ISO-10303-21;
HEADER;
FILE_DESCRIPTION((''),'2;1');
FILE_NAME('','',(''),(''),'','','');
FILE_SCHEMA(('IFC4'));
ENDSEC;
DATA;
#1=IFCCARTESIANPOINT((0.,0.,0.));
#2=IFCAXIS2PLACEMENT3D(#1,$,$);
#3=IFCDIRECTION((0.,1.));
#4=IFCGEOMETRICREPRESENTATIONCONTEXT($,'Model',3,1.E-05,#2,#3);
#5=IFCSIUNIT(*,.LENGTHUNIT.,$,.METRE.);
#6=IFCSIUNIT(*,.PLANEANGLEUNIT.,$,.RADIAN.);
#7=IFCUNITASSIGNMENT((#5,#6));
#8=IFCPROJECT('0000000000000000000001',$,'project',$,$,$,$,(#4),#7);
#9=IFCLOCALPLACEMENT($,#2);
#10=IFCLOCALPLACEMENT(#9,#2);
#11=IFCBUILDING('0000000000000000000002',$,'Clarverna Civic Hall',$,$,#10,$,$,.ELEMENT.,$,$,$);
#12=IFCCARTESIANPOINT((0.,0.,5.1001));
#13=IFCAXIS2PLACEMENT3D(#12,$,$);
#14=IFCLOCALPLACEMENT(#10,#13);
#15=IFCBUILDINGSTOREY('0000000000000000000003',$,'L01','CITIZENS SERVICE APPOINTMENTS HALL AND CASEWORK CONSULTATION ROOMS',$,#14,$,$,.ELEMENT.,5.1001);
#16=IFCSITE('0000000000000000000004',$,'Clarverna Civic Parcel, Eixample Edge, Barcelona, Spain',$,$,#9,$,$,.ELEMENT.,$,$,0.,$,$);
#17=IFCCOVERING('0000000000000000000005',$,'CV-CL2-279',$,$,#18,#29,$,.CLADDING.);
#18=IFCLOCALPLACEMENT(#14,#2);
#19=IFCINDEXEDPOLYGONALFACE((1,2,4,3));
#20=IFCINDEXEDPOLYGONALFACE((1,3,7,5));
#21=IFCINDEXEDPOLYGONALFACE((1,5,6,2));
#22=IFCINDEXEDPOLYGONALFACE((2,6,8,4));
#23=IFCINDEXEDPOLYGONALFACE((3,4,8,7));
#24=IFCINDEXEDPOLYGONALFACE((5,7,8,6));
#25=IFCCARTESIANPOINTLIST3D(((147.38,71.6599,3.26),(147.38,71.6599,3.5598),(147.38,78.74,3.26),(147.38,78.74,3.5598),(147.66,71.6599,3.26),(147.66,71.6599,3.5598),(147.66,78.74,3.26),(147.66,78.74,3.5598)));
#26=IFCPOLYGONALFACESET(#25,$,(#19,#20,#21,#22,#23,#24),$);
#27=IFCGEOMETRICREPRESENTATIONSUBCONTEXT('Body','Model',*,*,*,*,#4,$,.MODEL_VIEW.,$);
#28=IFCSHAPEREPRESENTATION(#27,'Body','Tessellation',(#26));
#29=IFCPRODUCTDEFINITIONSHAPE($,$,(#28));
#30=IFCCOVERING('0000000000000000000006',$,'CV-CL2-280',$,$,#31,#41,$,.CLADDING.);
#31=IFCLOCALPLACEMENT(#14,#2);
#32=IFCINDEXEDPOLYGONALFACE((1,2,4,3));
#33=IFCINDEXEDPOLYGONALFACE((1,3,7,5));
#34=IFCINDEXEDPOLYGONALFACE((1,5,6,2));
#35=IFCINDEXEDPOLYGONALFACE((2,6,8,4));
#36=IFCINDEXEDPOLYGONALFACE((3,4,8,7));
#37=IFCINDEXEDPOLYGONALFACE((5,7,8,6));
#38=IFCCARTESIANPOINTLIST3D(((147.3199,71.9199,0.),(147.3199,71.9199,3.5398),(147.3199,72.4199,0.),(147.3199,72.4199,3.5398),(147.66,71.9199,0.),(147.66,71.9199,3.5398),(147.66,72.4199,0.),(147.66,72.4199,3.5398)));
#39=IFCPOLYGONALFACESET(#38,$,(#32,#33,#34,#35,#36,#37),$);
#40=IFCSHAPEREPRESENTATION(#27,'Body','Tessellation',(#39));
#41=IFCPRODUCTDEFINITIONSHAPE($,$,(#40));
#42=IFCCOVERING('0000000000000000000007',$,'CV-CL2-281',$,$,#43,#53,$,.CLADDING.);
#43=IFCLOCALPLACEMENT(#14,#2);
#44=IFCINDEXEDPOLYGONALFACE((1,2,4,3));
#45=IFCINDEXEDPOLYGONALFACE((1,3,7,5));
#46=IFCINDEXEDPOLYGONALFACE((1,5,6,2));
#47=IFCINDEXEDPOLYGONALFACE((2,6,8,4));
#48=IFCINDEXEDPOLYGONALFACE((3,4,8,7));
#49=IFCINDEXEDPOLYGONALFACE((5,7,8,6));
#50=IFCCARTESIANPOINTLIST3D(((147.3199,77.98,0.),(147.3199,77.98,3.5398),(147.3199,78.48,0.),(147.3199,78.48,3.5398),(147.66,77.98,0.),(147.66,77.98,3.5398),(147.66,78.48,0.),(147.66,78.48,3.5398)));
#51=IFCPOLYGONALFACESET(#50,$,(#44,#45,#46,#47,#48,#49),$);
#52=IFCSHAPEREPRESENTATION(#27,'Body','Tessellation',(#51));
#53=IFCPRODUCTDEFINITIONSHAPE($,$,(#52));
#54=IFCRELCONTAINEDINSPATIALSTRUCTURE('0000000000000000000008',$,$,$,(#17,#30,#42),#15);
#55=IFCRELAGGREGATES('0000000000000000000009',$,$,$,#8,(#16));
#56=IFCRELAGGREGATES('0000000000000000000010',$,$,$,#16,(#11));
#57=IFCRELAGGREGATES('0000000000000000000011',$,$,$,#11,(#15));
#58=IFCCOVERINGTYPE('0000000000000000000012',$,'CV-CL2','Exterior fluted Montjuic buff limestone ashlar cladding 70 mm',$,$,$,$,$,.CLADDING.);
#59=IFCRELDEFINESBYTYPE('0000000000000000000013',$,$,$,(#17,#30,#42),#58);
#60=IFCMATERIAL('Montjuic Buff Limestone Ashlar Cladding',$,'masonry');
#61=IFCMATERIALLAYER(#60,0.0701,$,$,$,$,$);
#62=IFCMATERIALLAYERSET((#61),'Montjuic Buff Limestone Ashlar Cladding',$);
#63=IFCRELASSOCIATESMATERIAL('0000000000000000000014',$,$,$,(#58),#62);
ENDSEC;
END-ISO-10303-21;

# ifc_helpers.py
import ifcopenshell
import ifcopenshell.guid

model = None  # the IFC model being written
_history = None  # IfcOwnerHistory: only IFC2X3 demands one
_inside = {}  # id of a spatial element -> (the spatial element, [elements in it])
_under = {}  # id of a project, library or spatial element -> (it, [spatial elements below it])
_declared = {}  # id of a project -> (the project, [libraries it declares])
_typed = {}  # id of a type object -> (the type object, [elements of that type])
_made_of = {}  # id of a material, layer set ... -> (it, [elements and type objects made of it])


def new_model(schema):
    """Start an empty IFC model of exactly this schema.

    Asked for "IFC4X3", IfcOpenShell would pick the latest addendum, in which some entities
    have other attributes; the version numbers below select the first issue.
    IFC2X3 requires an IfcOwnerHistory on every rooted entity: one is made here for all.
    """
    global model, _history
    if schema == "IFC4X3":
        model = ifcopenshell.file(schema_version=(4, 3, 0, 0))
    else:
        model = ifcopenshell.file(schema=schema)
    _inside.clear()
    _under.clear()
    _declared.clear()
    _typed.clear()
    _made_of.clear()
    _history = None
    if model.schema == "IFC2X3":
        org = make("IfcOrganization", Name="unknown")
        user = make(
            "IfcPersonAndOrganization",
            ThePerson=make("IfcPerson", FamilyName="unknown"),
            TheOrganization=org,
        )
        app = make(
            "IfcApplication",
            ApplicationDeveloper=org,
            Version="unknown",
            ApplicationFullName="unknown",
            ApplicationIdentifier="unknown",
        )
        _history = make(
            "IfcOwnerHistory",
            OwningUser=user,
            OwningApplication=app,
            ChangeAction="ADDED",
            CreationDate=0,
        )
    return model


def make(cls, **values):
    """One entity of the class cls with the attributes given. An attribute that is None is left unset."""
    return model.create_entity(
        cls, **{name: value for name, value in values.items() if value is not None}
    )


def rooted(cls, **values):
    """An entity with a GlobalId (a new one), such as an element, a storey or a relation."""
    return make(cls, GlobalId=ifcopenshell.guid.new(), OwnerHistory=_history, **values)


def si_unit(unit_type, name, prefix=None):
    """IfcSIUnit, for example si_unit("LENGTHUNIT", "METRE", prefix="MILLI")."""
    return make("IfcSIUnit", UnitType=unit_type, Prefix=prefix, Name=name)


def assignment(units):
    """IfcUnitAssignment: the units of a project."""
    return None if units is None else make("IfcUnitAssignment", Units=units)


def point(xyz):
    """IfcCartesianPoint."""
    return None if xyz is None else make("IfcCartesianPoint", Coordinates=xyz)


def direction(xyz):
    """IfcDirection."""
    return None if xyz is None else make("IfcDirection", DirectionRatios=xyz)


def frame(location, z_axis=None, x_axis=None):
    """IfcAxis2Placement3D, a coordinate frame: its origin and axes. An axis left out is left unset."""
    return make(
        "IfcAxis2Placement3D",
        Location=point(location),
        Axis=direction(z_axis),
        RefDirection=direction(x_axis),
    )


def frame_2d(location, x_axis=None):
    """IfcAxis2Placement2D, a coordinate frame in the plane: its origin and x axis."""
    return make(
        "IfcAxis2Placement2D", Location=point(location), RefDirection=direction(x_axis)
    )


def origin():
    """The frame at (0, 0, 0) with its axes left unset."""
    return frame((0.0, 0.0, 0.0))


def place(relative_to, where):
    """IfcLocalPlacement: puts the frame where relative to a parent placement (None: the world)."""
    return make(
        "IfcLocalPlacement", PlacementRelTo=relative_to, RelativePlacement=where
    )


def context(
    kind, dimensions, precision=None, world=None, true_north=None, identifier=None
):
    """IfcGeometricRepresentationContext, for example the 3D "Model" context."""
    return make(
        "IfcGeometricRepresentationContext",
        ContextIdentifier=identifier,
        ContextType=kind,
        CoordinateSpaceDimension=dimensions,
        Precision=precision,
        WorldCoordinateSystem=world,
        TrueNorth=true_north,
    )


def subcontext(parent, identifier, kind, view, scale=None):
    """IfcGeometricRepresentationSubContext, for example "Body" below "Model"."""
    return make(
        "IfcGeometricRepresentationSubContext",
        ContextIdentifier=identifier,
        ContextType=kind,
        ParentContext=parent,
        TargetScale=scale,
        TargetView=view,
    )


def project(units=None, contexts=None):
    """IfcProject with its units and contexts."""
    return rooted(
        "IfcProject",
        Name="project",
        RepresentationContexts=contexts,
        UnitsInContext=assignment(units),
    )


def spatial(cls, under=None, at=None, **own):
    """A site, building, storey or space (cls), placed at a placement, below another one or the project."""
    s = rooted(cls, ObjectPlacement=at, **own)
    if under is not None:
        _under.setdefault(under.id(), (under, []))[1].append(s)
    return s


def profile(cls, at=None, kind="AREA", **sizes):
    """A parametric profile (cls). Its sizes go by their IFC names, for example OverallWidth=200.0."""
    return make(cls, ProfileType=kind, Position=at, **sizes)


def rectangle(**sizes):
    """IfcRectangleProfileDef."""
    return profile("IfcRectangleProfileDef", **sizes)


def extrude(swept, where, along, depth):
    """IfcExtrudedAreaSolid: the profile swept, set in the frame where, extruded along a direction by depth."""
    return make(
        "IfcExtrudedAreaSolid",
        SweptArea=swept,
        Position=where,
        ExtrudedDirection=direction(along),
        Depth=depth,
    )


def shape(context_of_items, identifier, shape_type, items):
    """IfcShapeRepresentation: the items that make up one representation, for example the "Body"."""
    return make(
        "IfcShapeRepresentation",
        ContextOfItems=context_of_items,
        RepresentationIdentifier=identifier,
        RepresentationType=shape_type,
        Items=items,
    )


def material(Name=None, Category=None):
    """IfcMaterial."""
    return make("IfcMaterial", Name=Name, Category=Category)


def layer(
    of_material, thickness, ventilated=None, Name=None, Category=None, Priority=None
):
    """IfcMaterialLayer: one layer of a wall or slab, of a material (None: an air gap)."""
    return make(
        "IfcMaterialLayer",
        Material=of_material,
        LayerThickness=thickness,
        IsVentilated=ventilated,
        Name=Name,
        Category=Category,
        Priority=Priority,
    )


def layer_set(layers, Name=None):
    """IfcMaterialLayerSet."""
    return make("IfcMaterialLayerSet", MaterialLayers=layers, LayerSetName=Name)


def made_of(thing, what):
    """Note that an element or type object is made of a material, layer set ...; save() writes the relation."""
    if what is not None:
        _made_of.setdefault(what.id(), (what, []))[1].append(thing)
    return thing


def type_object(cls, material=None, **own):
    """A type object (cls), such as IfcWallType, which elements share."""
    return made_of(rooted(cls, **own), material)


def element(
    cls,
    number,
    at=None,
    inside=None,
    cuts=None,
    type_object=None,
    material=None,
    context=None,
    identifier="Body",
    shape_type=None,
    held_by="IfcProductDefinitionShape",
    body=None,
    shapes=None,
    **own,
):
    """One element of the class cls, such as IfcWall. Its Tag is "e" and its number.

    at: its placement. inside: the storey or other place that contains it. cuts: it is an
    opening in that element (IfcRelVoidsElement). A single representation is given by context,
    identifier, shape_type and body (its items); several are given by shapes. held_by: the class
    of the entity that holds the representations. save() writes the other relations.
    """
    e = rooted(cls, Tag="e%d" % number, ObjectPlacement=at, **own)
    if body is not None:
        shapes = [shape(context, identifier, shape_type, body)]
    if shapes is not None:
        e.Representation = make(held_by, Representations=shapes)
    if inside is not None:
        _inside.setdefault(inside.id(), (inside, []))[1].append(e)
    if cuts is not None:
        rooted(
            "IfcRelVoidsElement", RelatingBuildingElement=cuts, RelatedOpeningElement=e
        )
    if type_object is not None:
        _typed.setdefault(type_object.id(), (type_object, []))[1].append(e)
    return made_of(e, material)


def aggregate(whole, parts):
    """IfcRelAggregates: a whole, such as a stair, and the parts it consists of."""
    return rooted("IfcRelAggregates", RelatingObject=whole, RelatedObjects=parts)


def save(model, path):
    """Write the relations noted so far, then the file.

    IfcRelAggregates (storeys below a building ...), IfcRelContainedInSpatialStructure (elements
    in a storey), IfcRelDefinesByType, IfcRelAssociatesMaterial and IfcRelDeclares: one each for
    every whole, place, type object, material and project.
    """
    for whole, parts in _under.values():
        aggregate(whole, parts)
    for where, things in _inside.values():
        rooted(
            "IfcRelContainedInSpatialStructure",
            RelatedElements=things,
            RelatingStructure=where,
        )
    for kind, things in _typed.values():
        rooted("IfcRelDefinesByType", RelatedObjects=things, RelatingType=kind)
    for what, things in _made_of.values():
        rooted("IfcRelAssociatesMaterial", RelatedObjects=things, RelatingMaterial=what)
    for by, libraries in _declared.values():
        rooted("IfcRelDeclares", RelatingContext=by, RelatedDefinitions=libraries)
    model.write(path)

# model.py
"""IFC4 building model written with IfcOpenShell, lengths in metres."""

from ifc_helpers import new_model, si_unit, direction, frame, frame_2d, origin, place, context, subcontext, project, spatial, rectangle, extrude, material, layer, layer_set, type_object, element, save


model = new_model("IFC4")

# Units and contexts
model_context = context("Model", 3, precision=1e-05, world=origin(), true_north=direction((0.0, 1.0)))
body_context = subcontext(model_context, "Body", "Model", "MODEL_VIEW")
ifc_project = project(units=[si_unit("LENGTHUNIT", "METRE"), si_unit("PLANEANGLEUNIT", "RADIAN")], contexts=[model_context])

# Site, building, storey
site_placement = place(None, origin())
site = spatial("IfcSite", under=ifc_project, at=site_placement, Name="Clarverna Civic Parcel, Eixample Edge, Barcelona, Spain", CompositionType="ELEMENT", RefElevation=0.0)
building_placement = place(site_placement, origin())
building = spatial("IfcBuilding", under=site, at=building_placement, Name="Clarverna Civic Hall", CompositionType="ELEMENT")
storey_placement = place(building_placement, frame((0.0, 0.0, 5.1001)))
storey = spatial("IfcBuildingStorey", under=building, at=storey_placement, Name="L01", Description="CITIZENS SERVICE APPOINTMENTS HALL AND CASEWORK CONSULTATION ROOMS", CompositionType="ELEMENT", Elevation=5.1001)

# Coverings
ifc_material_1 = material(Name="Montjuic Buff Limestone Ashlar Cladding", Category="masonry")
ifc_layer_1 = layer(ifc_material_1, 0.0701)
ifc_layer_set_1 = layer_set([ifc_layer_1], Name="Montjuic Buff Limestone Ashlar Cladding")
covering_type = type_object("IfcCoveringType", Name="CV-CL2", Description="Exterior fluted Montjuic buff limestone ashlar cladding 70 mm", PredefinedType="CLADDING", material=ifc_layer_set_1)
covering_1_placement = place(storey_placement, frame((147.52, 71.6599, 3.26), z_axis=(0.0, 0.0, 1.0), x_axis=(0.0, 1.0, 0.0)))
element("IfcCovering", 1, at=covering_1_placement, inside=storey, type_object=covering_type, Name="CV-CL2-279", PredefinedType="CLADDING", context=body_context, shape_type="SweptSolid", body=[
    extrude(rectangle(XDim=7.0801, YDim=0.28, at=frame_2d((3.54, 0.0))), origin(), (0.0, 0.0, 1.0), 0.2998),
])
for number, where, z_axis, x_axis, name in (
    (2, (147.49, 71.9199, 0.0), (0.0, 0.0, 1.0), (0.0, 1.0, 0.0), "CV-CL2-280"),
    (3, (147.49, 77.98, 0.0), (0.0, 0.0, 1.0), (0.0, 1.0, 0.0), "CV-CL2-281"),
):
    element("IfcCovering", number, at=place(storey_placement, frame(where, z_axis=z_axis, x_axis=x_axis)), inside=storey, type_object=covering_type, Name=name, PredefinedType="CLADDING", context=body_context, shape_type="SweptSolid", body=[
        extrude(rectangle(XDim=0.5, YDim=0.3401, at=frame_2d((0.25, 0.0))), origin(), (0.0, 0.0, 1.0), 3.5398),
    ])

save(model, "model.ifc")
